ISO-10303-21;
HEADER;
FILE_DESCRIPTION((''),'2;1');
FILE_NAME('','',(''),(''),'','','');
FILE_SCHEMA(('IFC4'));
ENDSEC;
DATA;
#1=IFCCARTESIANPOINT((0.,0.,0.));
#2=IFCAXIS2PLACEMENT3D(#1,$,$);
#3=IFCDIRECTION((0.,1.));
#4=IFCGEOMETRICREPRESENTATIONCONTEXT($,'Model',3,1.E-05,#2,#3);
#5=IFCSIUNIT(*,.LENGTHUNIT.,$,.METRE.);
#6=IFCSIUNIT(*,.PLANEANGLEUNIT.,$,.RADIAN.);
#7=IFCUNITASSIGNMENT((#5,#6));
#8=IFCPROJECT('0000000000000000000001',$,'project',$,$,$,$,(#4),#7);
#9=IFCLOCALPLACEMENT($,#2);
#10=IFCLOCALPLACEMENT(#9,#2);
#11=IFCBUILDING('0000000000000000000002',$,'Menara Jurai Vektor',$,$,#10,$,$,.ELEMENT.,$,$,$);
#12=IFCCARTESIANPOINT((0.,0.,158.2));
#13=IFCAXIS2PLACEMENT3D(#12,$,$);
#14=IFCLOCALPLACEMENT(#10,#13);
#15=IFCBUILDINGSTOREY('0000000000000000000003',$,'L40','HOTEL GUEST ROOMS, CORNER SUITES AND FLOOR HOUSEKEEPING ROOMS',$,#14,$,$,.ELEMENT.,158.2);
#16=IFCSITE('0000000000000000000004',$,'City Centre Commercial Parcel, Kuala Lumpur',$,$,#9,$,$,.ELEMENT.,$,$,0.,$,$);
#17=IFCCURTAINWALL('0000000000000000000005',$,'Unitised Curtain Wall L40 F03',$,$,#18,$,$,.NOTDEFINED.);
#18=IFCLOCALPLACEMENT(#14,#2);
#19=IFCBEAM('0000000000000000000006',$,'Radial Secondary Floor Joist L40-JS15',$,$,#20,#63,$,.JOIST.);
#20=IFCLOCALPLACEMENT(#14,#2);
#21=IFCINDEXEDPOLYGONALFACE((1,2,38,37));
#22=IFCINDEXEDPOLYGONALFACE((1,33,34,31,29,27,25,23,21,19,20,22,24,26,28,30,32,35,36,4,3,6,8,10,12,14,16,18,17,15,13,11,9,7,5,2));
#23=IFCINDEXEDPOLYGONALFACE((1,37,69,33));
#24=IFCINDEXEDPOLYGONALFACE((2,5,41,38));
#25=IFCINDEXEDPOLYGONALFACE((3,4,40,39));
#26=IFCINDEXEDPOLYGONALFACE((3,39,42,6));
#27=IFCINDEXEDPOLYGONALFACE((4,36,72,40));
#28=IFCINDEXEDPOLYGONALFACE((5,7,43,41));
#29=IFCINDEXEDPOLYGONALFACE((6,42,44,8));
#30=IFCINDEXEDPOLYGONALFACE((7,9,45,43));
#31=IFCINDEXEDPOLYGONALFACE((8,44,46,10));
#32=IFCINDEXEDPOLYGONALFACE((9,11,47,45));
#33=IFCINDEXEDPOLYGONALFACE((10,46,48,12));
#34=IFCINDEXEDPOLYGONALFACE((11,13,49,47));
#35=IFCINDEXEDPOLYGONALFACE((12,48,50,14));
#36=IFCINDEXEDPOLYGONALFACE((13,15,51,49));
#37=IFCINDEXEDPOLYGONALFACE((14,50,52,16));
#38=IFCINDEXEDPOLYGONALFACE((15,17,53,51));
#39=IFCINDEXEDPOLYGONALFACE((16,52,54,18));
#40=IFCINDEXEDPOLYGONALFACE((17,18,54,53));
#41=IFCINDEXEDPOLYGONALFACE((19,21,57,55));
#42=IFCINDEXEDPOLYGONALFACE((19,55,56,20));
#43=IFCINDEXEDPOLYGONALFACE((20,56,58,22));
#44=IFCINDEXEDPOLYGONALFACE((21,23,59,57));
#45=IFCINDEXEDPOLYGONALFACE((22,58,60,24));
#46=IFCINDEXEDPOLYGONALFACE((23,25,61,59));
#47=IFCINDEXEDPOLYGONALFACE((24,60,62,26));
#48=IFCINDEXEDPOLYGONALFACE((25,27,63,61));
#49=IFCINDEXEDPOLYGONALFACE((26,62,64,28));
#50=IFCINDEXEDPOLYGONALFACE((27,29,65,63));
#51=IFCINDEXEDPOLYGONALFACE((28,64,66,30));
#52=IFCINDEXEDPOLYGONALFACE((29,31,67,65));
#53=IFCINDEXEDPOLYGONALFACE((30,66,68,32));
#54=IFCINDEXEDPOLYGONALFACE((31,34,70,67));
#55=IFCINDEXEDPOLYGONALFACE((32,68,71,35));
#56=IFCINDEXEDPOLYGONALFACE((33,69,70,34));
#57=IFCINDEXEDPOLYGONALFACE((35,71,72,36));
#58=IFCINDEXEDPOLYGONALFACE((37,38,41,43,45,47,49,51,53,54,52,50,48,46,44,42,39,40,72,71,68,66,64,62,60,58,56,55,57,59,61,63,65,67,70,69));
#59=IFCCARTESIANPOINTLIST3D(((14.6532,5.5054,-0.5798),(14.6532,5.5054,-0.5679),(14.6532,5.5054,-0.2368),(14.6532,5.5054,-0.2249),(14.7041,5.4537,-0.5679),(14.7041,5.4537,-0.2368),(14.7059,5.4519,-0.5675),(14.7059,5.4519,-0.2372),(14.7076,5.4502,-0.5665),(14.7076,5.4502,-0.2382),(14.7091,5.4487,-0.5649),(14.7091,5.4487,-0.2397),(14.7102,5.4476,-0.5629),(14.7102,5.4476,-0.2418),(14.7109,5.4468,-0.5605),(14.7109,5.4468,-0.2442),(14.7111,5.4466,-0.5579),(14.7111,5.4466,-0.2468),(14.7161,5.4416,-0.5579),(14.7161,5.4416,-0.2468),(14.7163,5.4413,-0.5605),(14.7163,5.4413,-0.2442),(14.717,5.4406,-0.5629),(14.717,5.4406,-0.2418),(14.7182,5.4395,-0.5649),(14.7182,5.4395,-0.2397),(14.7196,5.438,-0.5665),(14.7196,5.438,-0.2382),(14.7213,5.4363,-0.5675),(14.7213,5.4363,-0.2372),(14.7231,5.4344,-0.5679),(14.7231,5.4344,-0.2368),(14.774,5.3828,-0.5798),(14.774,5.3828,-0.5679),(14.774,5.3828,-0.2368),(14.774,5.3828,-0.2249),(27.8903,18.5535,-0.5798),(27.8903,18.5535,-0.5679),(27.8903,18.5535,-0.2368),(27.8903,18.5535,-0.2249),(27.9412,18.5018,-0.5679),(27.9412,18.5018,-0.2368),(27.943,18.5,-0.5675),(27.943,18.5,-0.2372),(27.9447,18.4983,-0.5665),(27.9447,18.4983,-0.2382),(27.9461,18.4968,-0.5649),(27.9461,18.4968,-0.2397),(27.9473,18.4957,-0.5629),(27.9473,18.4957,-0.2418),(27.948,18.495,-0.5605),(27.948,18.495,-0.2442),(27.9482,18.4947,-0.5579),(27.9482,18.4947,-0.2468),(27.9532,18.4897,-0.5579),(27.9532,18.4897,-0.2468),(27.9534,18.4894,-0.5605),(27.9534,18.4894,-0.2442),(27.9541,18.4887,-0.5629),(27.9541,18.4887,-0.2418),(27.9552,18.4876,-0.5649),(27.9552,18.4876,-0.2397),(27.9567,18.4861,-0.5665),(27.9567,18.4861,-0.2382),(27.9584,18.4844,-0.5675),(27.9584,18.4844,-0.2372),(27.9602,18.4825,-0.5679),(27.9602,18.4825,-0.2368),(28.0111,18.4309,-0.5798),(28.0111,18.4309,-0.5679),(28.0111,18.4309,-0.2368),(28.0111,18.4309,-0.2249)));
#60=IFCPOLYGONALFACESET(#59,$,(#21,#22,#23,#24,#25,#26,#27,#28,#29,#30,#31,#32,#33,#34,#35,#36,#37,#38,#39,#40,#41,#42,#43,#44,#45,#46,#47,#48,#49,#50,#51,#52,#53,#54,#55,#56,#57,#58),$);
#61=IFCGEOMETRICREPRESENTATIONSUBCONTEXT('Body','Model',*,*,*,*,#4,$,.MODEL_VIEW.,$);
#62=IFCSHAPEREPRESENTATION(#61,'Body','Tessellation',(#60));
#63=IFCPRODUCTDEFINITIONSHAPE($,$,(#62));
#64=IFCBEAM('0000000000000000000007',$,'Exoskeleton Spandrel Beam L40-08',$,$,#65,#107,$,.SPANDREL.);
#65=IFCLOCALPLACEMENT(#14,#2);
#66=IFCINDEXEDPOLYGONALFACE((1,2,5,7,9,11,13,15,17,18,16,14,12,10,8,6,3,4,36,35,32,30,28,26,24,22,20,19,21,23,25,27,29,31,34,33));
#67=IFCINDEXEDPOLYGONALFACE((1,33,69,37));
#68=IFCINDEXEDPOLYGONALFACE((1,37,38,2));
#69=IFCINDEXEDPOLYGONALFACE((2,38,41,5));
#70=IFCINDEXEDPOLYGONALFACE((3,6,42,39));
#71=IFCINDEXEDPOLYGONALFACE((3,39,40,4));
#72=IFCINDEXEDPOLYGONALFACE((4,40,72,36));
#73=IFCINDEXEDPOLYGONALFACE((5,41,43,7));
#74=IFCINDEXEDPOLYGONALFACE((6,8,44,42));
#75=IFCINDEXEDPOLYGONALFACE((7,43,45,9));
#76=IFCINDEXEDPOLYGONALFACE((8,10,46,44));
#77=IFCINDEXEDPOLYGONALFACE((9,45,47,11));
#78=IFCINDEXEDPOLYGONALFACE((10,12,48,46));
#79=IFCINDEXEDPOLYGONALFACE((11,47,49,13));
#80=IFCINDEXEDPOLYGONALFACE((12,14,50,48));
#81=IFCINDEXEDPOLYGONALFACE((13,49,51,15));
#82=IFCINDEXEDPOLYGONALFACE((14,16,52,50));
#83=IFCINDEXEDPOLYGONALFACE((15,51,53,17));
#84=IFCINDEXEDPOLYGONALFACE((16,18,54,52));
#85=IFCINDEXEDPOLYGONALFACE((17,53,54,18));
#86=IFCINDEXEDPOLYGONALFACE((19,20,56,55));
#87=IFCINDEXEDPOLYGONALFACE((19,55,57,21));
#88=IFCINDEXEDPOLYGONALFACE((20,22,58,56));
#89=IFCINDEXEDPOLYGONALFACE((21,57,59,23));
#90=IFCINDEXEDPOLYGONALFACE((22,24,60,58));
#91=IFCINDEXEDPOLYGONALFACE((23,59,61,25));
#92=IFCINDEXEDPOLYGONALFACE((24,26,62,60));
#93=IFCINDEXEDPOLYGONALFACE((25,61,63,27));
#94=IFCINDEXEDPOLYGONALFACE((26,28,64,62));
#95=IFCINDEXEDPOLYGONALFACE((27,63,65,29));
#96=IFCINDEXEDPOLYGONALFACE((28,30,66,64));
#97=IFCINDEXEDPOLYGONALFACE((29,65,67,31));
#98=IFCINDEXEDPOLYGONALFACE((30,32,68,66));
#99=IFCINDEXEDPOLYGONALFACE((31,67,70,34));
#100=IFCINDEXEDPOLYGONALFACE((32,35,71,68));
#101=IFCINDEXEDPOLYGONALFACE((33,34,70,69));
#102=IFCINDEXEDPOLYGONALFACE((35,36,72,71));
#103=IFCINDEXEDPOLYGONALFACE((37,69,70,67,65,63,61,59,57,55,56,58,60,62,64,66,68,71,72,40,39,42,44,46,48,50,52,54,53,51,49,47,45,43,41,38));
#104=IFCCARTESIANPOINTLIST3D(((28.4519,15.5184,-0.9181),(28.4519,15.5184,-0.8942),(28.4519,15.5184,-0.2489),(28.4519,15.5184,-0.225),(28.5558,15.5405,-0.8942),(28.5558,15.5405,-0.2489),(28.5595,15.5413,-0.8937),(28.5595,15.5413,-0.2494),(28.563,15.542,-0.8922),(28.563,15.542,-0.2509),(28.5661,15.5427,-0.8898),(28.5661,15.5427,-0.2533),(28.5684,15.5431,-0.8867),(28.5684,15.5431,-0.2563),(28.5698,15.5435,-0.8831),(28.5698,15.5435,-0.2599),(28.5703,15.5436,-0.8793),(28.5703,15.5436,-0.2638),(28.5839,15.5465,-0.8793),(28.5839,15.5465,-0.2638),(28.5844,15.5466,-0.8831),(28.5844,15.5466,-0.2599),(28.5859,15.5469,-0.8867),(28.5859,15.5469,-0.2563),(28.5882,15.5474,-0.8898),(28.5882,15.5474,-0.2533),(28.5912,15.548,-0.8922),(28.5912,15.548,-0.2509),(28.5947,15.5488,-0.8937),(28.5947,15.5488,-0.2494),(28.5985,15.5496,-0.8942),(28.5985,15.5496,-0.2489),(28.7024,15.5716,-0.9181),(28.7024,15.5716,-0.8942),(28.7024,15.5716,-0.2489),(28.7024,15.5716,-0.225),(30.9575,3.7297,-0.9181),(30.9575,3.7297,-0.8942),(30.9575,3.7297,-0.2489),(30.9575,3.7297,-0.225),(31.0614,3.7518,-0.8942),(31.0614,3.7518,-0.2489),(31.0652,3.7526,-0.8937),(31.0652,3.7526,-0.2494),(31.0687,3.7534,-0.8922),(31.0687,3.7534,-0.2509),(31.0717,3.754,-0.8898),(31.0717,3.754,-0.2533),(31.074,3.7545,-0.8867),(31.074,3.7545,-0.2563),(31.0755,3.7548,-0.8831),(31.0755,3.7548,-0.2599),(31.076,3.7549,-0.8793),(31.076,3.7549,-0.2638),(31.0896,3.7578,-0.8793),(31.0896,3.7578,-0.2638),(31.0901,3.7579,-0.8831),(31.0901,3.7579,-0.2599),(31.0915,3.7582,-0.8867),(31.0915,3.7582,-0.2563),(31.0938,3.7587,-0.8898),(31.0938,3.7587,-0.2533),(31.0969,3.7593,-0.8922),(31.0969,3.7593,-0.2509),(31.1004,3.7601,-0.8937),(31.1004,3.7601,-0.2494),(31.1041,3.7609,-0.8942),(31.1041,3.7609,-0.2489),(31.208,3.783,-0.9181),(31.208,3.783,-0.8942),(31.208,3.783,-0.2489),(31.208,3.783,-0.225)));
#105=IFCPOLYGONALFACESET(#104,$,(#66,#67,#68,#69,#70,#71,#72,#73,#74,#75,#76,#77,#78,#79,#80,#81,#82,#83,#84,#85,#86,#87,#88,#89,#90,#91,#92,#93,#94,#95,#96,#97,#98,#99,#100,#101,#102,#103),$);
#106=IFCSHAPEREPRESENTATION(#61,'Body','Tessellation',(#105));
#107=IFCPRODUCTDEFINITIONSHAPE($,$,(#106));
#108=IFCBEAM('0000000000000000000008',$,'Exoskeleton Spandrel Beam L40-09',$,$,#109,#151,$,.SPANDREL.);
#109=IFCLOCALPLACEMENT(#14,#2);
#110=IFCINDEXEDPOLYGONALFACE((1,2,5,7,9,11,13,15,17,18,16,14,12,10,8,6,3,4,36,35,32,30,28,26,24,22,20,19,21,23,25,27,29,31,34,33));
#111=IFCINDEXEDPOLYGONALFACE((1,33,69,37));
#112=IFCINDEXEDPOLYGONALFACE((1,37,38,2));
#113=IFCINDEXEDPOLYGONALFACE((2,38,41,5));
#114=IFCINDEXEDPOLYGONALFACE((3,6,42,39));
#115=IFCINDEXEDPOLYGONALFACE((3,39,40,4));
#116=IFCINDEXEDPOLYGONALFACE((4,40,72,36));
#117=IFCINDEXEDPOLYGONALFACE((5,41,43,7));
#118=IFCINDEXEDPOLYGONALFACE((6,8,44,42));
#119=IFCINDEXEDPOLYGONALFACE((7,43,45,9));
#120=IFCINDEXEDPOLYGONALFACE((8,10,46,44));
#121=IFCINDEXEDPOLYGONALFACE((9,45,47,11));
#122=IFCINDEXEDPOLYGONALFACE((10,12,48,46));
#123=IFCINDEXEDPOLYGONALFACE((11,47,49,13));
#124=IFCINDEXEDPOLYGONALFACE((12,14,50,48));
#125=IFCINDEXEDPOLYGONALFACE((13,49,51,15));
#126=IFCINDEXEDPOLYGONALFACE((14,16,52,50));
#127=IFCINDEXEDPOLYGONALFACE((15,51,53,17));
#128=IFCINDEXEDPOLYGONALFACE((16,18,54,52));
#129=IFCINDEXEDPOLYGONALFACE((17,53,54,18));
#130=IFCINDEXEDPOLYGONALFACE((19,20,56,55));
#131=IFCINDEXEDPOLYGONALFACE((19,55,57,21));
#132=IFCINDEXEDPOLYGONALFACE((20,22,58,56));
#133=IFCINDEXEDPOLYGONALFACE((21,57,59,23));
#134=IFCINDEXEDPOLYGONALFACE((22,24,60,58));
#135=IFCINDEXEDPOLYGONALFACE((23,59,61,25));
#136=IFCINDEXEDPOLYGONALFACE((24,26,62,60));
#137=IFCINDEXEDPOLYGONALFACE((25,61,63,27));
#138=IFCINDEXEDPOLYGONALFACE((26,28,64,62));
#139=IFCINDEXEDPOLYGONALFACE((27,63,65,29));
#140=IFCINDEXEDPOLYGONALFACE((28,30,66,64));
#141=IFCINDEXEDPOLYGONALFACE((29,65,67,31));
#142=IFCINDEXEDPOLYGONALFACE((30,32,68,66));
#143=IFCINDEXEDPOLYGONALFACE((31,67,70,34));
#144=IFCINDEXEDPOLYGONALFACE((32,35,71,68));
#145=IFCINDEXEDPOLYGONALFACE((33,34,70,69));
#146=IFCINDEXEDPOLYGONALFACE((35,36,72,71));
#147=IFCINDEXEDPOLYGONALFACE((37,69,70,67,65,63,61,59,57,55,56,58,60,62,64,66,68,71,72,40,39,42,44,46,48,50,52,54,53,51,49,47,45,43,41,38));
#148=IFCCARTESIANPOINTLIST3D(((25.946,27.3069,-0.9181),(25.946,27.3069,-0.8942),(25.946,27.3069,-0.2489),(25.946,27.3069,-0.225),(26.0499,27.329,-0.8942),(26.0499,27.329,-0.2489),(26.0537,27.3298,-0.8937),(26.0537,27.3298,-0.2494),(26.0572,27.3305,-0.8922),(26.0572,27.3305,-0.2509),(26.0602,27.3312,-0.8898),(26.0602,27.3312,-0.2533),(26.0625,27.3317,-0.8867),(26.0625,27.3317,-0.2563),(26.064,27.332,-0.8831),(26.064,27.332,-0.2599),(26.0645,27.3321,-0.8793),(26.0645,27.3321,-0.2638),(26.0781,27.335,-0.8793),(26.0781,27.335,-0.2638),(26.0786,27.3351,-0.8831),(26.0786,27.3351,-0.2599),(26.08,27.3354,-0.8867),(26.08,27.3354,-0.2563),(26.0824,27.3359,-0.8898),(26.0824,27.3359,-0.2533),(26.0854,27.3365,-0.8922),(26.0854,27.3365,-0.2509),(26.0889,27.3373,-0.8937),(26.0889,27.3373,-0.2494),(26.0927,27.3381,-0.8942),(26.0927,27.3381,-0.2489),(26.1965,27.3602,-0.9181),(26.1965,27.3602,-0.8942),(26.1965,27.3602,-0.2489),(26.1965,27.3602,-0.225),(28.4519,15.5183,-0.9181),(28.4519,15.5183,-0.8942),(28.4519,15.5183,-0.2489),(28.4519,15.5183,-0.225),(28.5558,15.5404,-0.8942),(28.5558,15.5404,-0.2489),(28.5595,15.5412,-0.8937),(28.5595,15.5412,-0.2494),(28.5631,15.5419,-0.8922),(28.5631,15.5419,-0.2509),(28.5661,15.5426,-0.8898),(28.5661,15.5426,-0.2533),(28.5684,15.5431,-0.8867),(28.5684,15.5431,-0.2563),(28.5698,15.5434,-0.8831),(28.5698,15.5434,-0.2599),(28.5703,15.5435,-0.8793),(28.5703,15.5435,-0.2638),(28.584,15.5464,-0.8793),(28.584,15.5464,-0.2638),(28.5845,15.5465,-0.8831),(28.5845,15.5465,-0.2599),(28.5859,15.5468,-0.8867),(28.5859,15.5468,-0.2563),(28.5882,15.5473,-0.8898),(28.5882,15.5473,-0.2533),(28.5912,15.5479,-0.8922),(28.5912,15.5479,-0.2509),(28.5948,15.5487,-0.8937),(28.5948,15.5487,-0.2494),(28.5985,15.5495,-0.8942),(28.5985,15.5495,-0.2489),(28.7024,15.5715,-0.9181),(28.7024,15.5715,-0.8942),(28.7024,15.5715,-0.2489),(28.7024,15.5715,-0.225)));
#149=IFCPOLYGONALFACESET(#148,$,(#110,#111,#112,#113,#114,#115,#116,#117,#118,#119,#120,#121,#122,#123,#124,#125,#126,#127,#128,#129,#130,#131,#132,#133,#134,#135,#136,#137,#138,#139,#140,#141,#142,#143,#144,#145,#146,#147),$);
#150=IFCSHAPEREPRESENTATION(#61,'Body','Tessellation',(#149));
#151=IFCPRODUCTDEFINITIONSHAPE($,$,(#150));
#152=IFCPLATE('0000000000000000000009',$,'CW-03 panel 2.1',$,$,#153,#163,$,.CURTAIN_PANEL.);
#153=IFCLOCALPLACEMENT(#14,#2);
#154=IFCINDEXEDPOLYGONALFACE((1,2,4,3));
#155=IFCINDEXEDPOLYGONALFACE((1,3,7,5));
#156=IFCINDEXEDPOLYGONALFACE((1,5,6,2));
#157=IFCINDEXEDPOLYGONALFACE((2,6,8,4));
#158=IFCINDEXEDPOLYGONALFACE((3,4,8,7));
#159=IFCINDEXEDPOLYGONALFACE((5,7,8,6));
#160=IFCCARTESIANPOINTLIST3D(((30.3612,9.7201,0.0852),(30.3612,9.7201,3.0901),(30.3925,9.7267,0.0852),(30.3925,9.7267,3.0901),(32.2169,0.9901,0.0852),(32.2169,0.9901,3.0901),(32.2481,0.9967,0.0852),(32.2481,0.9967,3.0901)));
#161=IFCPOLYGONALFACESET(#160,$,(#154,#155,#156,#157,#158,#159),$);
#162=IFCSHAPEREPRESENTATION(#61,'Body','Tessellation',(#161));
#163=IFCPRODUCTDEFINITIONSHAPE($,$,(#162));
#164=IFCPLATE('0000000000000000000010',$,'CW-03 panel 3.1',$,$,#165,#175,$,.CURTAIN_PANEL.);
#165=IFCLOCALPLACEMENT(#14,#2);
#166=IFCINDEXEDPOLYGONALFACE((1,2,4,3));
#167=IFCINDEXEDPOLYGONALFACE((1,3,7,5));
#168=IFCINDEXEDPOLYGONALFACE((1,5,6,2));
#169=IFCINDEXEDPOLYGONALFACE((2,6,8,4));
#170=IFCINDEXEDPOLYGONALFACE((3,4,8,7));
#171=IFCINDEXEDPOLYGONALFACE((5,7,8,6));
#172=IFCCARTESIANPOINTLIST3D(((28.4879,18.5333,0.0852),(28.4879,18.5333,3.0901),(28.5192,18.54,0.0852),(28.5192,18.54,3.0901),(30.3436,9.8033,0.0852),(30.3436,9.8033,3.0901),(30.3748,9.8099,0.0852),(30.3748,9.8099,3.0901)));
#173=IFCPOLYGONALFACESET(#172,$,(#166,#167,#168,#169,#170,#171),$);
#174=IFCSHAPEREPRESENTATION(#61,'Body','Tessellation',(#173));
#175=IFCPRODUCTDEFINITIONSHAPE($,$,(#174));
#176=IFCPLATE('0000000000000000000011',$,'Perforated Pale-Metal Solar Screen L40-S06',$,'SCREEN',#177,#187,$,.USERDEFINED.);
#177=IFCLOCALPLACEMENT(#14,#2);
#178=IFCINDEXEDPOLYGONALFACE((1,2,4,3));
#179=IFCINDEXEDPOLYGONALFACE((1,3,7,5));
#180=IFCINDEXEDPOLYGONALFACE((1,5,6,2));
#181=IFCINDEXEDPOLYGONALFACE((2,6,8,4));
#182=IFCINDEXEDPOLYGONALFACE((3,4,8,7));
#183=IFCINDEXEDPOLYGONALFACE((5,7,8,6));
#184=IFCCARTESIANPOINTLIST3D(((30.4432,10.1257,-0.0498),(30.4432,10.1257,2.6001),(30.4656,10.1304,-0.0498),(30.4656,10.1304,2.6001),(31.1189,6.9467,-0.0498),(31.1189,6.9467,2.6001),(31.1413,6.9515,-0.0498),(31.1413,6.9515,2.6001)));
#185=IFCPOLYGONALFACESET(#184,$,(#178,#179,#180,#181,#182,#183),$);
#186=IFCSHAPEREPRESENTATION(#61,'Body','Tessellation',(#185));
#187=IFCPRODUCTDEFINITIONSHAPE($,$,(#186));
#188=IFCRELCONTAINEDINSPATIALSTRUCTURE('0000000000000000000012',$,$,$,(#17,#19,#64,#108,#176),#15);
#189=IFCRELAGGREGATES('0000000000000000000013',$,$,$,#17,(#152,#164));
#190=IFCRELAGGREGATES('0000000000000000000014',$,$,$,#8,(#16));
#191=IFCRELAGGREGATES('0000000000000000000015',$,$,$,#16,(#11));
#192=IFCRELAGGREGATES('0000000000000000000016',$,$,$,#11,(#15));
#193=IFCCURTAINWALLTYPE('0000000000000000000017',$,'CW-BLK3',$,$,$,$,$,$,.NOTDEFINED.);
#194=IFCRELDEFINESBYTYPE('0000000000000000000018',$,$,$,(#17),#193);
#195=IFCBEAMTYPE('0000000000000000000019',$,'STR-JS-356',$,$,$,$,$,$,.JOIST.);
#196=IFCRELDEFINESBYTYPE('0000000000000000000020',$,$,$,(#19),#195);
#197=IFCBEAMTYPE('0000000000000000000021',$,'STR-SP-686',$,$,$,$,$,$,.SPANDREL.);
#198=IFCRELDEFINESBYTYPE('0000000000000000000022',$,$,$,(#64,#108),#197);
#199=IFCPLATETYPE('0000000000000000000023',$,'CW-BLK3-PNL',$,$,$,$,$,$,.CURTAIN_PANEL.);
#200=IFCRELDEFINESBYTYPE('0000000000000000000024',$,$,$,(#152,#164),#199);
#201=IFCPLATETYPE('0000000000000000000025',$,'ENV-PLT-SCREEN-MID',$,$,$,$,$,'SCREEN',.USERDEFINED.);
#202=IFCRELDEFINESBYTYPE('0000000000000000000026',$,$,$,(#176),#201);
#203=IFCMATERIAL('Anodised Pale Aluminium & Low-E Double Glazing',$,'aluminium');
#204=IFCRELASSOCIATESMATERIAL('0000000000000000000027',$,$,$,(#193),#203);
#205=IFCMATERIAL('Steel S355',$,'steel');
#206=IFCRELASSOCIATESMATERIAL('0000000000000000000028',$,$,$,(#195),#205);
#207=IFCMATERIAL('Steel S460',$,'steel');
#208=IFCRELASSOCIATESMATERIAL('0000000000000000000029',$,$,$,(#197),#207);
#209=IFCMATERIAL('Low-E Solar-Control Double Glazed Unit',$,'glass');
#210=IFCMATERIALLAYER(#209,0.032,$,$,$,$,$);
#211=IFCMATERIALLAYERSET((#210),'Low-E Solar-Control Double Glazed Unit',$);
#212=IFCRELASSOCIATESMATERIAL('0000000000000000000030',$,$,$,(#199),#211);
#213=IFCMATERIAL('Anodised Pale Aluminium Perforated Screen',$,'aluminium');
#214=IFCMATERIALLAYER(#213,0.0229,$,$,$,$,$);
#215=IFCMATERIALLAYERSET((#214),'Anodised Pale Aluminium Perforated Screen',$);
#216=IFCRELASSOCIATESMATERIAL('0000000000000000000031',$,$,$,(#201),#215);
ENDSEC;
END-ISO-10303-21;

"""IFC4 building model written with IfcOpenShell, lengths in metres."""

from ifc_helpers import new_model, si_unit, direction, frame, origin, origin_2d, place, context, subcontext, project, spatial, rectangle, i_section, extrude, material, layer, layer_set, material_profile, profile_set, type_object, element, aggregate, save


model = new_model("IFC4")

# Units and contexts
model_context = context("Model", 3, precision=1e-05, world=origin(), true_north=direction((0.0, 1.0)))
body_context = subcontext(model_context, "Body", "Model", "MODEL_VIEW")
ifc_project = project(units=[si_unit("LENGTHUNIT", "METRE"), si_unit("PLANEANGLEUNIT", "RADIAN")], contexts=[model_context])

# Site, building, storey
site_placement = place(None, origin())
site = spatial("IfcSite", under=ifc_project, at=site_placement, Name="City Centre Commercial Parcel, Kuala Lumpur", CompositionType="ELEMENT", RefElevation=0.0)
building_placement = place(site_placement, origin())
building = spatial("IfcBuilding", under=site, at=building_placement, Name="Menara Jurai Vektor", CompositionType="ELEMENT")
storey_placement = place(building_placement, frame((0.0, 0.0, 158.2)))
storey = spatial("IfcBuildingStorey", under=building, at=storey_placement, Name="L40", Description="HOTEL GUEST ROOMS, CORNER SUITES AND FLOOR HOUSEKEEPING ROOMS", CompositionType="ELEMENT", Elevation=158.2)

# Shared definitions
ifc_material_1 = material(Name="Steel S460", Category="steel")

# Curtain wall
ifc_material_2 = material(Name="Anodised Pale Aluminium & Low-E Double Glazing", Category="aluminium")
curtain_wall_type = type_object("IfcCurtainWallType", Name="CW-BLK3", PredefinedType="NOTDEFINED", material=ifc_material_2)
curtain_wall_placement = place(storey_placement, origin())
curtain_wall = element("IfcCurtainWall", 1, at=curtain_wall_placement, inside=storey, type_object=curtain_wall_type, Name="Unitised Curtain Wall L40 F03", PredefinedType="NOTDEFINED")

# Beams
ifc_material_3 = material(Name="Steel S355", Category="steel")
ifc_material_profile_1 = material_profile(ifc_material_3, i_section(OverallWidth=0.1721, OverallDepth=0.355, WebThickness=0.0071, FlangeThickness=0.012, FilletRadius=0.01, at=origin_2d()), Name="UKB 356x171x51")
ifc_profile_set_1 = profile_set([ifc_material_profile_1], Name="Steel S355")
beam_type_1 = type_object("IfcBeamType", Name="STR-JS-356", PredefinedType="JOIST", material=ifc_profile_set_1)
beam_1_placement = place(storey_placement, frame((27.9507, 18.4922, -0.4023), z_axis=(-0.712172, -0.702005, 0.0), x_axis=(0.702005, -0.712172, 0.0)))
element("IfcBeam", 2, at=beam_1_placement, inside=storey, type_object=beam_type_1, Name="Radial Secondary Floor Joist L40-JS15", PredefinedType="JOIST", context=body_context, shape_type="SweptSolid", body=[
    extrude(i_section(OverallWidth=0.1721, OverallDepth=0.355, WebThickness=0.0071, FlangeThickness=0.012, FilletRadius=0.01, at=origin_2d()), origin(), (0.0, 0.0, 1.0), 18.5869),
])
ifc_material_profile_2 = material_profile(ifc_material_1, i_section(OverallWidth=0.2561, OverallDepth=0.6931, WebThickness=0.0139, FlangeThickness=0.0239, FilletRadius=0.0149, at=origin_2d()), Name="UKB 686x254x170")
ifc_profile_set_2 = profile_set([ifc_material_profile_2], Name="Steel S460")
beam_type_2 = type_object("IfcBeamType", Name="STR-SP-686", PredefinedType="SPANDREL", material=ifc_profile_set_2)
for number, where, z_axis, x_axis, name in (
    (3, (31.0828, 3.7563, -0.5715), (-0.207902, 0.97815, 0.0), (-0.97815, -0.207902, 0.0), "Exoskeleton Spandrel Beam L40-08"),
    (4, (28.5771, 15.5449, -0.5715), (-0.207921, 0.978146, 0.0), (-0.978146, -0.207921, 0.0), "Exoskeleton Spandrel Beam L40-09"),
):
    element("IfcBeam", number, at=place(storey_placement, frame(where, z_axis=z_axis, x_axis=x_axis)), inside=storey, type_object=beam_type_2, Name=name, PredefinedType="SPANDREL", context=body_context, shape_type="SweptSolid", body=[
        extrude(i_section(OverallWidth=0.2561, OverallDepth=0.6931, WebThickness=0.0139, FlangeThickness=0.0239, FilletRadius=0.0149, at=origin_2d()), origin(), (0.0, 0.0, 1.0), 12.052),
    ])

# Plates
ifc_material_4 = material(Name="Low-E Solar-Control Double Glazed Unit", Category="glass")
ifc_layer_1 = layer(ifc_material_4, 0.032)
ifc_layer_set_1 = layer_set([ifc_layer_1], Name="Low-E Solar-Control Double Glazed Unit")
plate_type_1 = type_object("IfcPlateType", Name="CW-BLK3-PNL", PredefinedType="CURTAIN_PANEL", material=ifc_layer_set_1)
plate_1_placement = place(storey_placement, frame((31.3047, 5.3584, 0.0852), z_axis=(0.0, 0.0, 1.0), x_axis=(-0.20791, 0.978148, 0.0)))
plate_1 = element("IfcPlate", 5, at=plate_1_placement, type_object=plate_type_1, Name="CW-03 panel 2.1", PredefinedType="CURTAIN_PANEL", context=body_context, shape_type="SweptSolid", body=[
    extrude(rectangle(XDim=8.925, YDim=0.032, at=origin_2d()), origin(), (0.0, 0.0, 1.0), 3.0049),
])
plate_2_placement = place(storey_placement, frame((29.4314, 14.1716, 0.0852), z_axis=(0.0, 0.0, 1.0), x_axis=(-0.20791, 0.978148, 0.0)))
plate_2 = element("IfcPlate", 6, at=plate_2_placement, type_object=plate_type_1, Name="CW-03 panel 3.1", PredefinedType="CURTAIN_PANEL", context=body_context, shape_type="SweptSolid", body=[
    extrude(rectangle(XDim=8.925, YDim=0.032, at=origin_2d()), origin(), (0.0, 0.0, 1.0), 3.0049),
])
aggregate(curtain_wall, [plate_1, plate_2])
ifc_material_5 = material(Name="Anodised Pale Aluminium Perforated Screen", Category="aluminium")
ifc_layer_2 = layer(ifc_material_5, 0.0229)
ifc_layer_set_2 = layer_set([ifc_layer_2], Name="Anodised Pale Aluminium Perforated Screen")
plate_type_2 = type_object("IfcPlateType", Name="ENV-PLT-SCREEN-MID", ElementType="SCREEN", PredefinedType="USERDEFINED", material=ifc_layer_set_2)
plate_3_placement = place(storey_placement, frame((30.7922, 8.5386, -0.0498), z_axis=(0.0, 0.0, 1.0), x_axis=(-0.207912, 0.978148, 0.0)))
element("IfcPlate", 7, at=plate_3_placement, inside=storey, type_object=plate_type_2, Name="Perforated Pale-Metal Solar Screen L40-S06", ObjectType="SCREEN", PredefinedType="USERDEFINED", context=body_context, shape_type="SweptSolid", body=[
    extrude(rectangle(XDim=3.25, YDim=0.0229, at=origin_2d()), origin(), (0.0, 0.0, 1.0), 2.6499),
])

save(model, "model.ifc")
